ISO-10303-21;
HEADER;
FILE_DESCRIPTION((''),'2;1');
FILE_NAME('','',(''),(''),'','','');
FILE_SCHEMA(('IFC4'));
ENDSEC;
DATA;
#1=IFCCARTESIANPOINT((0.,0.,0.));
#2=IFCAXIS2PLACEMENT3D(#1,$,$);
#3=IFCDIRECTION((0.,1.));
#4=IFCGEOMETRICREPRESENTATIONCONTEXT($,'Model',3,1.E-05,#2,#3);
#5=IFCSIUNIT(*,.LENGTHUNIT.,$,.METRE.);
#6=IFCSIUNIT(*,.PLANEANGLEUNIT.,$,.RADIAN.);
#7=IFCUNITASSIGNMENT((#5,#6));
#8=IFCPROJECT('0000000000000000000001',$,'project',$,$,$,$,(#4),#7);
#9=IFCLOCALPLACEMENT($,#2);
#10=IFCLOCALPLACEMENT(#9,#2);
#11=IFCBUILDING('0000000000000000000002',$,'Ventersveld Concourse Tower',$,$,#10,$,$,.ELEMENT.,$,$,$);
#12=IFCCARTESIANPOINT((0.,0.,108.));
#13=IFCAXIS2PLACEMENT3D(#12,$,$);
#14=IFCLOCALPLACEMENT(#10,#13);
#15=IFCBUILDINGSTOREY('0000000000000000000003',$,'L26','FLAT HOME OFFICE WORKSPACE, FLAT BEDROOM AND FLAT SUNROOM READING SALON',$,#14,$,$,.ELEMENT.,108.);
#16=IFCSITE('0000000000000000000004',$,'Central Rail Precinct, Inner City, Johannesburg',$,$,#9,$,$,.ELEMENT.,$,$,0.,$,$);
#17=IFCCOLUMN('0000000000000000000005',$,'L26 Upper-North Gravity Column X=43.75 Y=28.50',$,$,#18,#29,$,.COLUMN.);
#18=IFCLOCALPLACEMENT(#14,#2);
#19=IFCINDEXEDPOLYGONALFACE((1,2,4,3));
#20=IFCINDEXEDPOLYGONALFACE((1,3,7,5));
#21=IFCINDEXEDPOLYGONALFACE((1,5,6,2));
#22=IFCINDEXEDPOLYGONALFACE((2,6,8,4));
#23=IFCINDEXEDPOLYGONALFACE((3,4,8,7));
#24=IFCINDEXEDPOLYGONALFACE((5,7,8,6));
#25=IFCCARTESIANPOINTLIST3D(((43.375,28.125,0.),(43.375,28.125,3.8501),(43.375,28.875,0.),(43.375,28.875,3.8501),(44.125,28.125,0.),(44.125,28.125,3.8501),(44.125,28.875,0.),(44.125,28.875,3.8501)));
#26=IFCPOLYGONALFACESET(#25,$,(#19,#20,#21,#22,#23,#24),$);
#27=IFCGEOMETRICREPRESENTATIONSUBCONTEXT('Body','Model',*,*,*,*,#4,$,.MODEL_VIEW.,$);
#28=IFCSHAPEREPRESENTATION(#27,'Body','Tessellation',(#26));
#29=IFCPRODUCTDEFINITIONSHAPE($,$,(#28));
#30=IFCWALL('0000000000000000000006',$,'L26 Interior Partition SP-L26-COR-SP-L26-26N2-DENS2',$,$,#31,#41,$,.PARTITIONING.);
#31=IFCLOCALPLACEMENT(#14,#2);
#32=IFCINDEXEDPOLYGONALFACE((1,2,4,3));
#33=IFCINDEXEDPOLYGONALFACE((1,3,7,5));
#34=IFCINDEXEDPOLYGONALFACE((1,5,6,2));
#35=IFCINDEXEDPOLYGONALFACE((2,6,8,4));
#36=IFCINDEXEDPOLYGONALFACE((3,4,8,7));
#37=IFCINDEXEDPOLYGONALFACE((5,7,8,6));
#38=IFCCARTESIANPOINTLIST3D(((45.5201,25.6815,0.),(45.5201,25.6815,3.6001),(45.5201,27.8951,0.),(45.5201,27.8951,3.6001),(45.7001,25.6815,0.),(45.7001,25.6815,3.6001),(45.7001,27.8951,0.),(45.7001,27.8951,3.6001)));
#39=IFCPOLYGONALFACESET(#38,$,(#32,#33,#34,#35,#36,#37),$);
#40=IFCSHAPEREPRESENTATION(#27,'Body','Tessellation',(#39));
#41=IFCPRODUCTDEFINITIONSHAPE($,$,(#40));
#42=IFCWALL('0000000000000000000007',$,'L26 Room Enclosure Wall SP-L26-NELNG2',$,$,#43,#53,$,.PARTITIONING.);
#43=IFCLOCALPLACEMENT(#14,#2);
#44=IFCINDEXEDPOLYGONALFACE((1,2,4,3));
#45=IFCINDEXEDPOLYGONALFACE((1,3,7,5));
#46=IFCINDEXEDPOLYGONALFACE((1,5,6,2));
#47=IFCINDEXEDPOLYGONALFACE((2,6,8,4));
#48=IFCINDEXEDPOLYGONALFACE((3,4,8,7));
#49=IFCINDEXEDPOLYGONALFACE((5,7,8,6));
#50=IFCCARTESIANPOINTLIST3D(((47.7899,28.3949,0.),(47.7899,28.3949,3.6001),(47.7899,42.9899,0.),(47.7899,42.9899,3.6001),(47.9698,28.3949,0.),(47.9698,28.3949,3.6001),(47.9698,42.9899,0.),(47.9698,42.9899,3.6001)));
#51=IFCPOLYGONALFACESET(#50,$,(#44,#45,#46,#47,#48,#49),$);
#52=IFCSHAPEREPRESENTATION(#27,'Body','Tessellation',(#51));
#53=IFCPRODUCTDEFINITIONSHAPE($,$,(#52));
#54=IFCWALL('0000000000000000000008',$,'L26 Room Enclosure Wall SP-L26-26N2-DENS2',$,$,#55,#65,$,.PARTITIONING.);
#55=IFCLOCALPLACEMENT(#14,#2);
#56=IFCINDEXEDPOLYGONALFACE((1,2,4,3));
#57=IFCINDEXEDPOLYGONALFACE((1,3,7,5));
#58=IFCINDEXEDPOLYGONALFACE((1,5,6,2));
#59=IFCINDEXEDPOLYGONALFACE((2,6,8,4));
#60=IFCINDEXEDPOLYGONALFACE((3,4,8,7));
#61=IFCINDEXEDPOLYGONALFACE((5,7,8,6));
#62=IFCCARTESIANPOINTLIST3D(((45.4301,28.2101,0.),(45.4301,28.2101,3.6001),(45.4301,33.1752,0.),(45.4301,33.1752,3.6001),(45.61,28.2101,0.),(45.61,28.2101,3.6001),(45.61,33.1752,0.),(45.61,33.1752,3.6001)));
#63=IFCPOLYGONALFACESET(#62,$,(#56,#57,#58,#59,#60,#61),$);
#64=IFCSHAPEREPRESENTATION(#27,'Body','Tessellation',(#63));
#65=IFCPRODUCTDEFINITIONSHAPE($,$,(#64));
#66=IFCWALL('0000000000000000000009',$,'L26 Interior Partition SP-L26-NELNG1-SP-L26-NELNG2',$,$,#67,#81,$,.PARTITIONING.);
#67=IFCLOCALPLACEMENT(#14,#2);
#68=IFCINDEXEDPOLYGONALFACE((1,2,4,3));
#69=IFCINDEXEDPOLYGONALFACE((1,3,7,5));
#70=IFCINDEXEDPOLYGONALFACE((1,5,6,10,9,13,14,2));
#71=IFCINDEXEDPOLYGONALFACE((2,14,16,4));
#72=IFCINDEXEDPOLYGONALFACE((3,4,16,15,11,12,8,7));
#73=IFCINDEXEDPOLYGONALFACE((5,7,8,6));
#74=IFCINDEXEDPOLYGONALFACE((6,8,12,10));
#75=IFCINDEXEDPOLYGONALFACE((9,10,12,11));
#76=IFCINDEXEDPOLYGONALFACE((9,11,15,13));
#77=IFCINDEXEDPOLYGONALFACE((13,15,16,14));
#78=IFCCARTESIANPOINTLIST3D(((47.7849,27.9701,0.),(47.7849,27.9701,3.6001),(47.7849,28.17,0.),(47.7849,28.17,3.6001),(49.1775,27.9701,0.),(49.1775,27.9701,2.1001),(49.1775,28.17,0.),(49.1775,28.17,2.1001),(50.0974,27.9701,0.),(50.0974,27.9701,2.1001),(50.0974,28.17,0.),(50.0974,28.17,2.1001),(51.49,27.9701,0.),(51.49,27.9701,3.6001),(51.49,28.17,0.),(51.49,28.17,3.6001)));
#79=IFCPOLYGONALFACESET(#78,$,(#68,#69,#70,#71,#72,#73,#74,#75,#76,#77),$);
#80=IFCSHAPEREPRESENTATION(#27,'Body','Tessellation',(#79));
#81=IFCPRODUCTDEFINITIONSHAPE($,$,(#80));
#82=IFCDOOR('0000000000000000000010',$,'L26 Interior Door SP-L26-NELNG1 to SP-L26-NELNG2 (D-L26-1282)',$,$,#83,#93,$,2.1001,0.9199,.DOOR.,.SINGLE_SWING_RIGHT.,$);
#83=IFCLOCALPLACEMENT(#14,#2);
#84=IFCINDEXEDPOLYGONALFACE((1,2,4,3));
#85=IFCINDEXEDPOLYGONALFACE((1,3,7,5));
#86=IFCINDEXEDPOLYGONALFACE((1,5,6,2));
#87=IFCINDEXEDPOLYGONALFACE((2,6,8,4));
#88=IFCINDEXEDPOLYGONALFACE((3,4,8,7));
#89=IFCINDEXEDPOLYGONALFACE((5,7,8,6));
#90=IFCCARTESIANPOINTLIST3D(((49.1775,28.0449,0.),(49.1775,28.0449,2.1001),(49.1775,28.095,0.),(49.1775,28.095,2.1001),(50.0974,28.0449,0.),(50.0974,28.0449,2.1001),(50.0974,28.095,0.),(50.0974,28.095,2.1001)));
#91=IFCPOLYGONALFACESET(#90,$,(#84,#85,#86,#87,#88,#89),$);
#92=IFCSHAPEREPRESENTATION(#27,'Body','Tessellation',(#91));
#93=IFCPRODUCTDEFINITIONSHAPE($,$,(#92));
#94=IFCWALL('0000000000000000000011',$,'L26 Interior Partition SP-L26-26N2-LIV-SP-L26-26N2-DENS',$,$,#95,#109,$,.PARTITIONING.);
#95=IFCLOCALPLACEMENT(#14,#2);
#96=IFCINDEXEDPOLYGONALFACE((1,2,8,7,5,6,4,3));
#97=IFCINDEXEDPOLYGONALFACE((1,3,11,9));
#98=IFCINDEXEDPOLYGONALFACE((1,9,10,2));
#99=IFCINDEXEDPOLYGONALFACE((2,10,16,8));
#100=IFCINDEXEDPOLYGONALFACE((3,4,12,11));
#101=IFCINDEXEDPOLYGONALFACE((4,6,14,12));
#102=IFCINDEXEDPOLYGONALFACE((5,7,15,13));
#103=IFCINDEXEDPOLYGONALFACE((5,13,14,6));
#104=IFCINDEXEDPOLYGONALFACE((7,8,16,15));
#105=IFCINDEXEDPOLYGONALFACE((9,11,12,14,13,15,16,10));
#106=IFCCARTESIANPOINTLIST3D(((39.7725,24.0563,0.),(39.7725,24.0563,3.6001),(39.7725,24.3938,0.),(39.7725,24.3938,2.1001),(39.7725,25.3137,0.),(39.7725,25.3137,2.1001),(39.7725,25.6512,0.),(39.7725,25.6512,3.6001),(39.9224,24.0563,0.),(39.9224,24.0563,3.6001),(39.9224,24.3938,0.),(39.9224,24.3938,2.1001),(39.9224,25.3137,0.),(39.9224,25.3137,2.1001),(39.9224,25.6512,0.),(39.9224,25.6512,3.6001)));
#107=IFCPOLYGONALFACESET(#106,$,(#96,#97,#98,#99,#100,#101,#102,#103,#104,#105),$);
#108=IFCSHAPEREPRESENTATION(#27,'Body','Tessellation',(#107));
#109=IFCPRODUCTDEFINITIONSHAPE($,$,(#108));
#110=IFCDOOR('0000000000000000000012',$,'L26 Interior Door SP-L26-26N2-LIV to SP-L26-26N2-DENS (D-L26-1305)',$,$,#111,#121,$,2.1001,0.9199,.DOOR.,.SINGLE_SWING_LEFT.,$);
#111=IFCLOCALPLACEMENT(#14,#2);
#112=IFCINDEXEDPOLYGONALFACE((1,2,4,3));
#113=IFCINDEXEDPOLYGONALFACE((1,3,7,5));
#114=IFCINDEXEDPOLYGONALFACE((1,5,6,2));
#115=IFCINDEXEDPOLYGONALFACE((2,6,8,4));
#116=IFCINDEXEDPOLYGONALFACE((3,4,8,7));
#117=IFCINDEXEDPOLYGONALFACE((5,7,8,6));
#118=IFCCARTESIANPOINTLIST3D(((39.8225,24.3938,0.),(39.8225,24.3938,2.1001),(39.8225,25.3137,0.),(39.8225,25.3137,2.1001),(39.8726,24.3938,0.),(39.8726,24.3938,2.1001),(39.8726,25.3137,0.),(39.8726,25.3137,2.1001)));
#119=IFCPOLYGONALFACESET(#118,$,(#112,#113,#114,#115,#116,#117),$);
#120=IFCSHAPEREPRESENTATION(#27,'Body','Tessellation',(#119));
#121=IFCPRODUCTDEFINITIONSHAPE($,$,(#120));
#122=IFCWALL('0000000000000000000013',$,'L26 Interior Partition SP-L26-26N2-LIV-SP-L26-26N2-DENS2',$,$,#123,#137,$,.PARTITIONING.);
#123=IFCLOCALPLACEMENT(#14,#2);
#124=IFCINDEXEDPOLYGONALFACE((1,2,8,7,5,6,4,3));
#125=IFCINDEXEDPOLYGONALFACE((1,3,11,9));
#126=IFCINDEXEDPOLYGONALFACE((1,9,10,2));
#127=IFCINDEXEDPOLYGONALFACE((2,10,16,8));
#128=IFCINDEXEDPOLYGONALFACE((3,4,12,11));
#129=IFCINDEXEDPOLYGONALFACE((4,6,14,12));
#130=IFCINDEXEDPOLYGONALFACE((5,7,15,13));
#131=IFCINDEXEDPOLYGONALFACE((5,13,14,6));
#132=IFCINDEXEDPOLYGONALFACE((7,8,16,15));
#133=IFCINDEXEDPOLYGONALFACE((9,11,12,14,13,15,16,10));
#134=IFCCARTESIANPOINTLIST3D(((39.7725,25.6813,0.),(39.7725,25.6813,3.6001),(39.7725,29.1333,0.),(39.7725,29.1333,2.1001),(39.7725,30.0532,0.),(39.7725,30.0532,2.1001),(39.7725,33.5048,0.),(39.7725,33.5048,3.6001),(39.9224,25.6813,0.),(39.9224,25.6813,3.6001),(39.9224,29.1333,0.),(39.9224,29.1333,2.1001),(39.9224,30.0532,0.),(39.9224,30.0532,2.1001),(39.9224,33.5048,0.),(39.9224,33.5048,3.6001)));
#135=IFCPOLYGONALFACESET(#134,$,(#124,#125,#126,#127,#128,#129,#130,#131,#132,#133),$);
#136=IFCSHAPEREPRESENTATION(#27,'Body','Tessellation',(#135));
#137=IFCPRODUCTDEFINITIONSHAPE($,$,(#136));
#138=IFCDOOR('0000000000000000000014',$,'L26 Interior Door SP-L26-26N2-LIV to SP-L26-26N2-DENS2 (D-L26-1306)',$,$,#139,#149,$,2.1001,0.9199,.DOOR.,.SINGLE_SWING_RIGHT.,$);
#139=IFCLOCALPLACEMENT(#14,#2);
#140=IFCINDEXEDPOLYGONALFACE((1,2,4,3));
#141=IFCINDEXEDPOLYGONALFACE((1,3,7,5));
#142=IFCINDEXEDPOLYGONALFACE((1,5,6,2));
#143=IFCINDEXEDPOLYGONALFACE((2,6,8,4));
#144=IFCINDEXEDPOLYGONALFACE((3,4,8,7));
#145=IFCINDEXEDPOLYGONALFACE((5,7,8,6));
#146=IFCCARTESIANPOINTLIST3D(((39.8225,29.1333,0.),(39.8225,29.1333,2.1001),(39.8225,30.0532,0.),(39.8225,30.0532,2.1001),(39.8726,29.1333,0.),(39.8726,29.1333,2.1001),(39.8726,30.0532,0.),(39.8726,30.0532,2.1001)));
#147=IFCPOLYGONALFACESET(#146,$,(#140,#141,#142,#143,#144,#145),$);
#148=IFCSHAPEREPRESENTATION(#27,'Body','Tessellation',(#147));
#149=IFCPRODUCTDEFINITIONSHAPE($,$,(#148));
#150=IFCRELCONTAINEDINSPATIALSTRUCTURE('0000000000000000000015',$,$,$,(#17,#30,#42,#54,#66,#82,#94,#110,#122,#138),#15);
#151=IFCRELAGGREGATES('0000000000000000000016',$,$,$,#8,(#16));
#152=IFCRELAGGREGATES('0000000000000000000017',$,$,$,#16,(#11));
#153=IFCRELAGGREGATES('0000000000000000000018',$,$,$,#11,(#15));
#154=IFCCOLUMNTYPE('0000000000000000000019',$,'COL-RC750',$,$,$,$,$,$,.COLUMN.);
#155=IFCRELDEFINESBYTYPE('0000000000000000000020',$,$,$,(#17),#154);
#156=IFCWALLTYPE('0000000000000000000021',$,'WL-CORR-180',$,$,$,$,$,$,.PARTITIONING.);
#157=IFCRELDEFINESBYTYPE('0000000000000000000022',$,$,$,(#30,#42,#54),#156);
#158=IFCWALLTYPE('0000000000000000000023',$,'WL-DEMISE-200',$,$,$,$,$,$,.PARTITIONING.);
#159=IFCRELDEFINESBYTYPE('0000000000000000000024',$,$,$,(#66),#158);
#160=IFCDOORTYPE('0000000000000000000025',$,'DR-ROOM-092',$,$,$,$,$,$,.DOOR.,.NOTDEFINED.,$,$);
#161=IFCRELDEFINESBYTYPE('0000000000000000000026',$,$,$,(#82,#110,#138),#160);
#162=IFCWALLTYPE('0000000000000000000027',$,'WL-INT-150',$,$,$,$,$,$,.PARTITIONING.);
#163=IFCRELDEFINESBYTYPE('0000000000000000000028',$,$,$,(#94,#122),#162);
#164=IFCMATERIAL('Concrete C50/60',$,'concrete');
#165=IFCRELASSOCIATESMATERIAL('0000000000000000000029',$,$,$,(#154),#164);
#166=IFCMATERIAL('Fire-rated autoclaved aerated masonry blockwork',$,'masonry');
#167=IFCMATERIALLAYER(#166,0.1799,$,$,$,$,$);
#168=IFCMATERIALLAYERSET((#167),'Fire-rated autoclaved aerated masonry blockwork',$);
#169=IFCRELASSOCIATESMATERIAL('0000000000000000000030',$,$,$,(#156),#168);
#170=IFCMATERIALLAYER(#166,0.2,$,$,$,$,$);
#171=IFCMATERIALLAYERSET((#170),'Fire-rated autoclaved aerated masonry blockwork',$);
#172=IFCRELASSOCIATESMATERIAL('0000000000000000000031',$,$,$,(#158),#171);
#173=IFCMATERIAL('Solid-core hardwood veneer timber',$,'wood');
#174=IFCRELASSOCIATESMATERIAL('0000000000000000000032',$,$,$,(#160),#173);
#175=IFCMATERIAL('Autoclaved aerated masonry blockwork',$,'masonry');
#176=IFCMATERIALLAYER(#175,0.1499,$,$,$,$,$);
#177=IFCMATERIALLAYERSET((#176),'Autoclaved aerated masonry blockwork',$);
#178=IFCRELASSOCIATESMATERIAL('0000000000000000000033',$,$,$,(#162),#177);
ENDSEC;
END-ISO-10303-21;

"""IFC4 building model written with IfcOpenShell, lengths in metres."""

from ifc_helpers import new_model, si_unit, direction, frame, frame_2d, origin, origin_2d, place, context, subcontext, project, spatial, rectangle, extrude, material, layer, layer_set, material_profile, profile_set, type_object, element, fill, save


model = new_model("IFC4")

# Units and contexts
model_context = context("Model", 3, precision=1e-05, world=origin(), true_north=direction((0.0, 1.0)))
body_context = subcontext(model_context, "Body", "Model", "MODEL_VIEW")
ifc_project = project(units=[si_unit("LENGTHUNIT", "METRE"), si_unit("PLANEANGLEUNIT", "RADIAN")], contexts=[model_context])

# Site, building, storey
site_placement = place(None, origin())
site = spatial("IfcSite", under=ifc_project, at=site_placement, Name="Central Rail Precinct, Inner City, Johannesburg", CompositionType="ELEMENT", RefElevation=0.0)
building_placement = place(site_placement, origin())
building = spatial("IfcBuilding", under=site, at=building_placement, Name="Ventersveld Concourse Tower", CompositionType="ELEMENT")
storey_placement = place(building_placement, frame((0.0, 0.0, 108.0)))
storey = spatial("IfcBuildingStorey", under=building, at=storey_placement, Name="L26", Description="FLAT HOME OFFICE WORKSPACE, FLAT BEDROOM AND FLAT SUNROOM READING SALON", CompositionType="ELEMENT", Elevation=108.0)

# Column
ifc_material_1 = material(Name="Concrete C50/60", Category="concrete")
ifc_material_profile = material_profile(ifc_material_1, rectangle(XDim=0.75, YDim=0.75, at=origin_2d()), Name="RC 750x750")
ifc_profile_set = profile_set([ifc_material_profile], Name="Concrete C50/60")
column_type = type_object("IfcColumnType", Name="COL-RC750", PredefinedType="COLUMN", material=ifc_profile_set)
column_placement = place(storey_placement, frame((43.75, 28.5, 0.0), z_axis=(0.0, 0.0, 1.0), x_axis=(1.0, 0.0, 0.0)))
element("IfcColumn", 1, at=column_placement, inside=storey, type_object=column_type, Name="L26 Upper-North Gravity Column X=43.75 Y=28.50", PredefinedType="COLUMN", context=body_context, shape_type="SweptSolid", body=[
    extrude(rectangle(XDim=0.75, YDim=0.75, at=origin_2d()), origin(), (0.0, 0.0, 1.0), 3.8501),
])

# Walls
ifc_material_2 = material(Name="Fire-rated autoclaved aerated masonry blockwork", Category="masonry")
ifc_layer_1 = layer(ifc_material_2, 0.1799)
ifc_layer_set_1 = layer_set([ifc_layer_1], Name="Fire-rated autoclaved aerated masonry blockwork")
wall_type_1 = type_object("IfcWallType", Name="WL-CORR-180", PredefinedType="PARTITIONING", material=ifc_layer_set_1)
wall_1_placement = place(storey_placement, frame((45.6101, 25.6814, 0.0), z_axis=(0.0, 0.0, 1.0), x_axis=(0.0, 1.0, 0.0)))
element("IfcWall", 2, at=wall_1_placement, inside=storey, type_object=wall_type_1, Name="L26 Interior Partition SP-L26-COR-SP-L26-26N2-DENS2", PredefinedType="PARTITIONING", context=body_context, shape_type="SweptSolid", body=[
    extrude(rectangle(XDim=2.2136, YDim=0.1799, at=frame_2d((1.1069, 0.0))), origin(), (0.0, 0.0, 1.0), 3.6001),
])
wall_2_placement = place(storey_placement, frame((47.8799, 28.395, 0.0), z_axis=(0.0, 0.0, 1.0), x_axis=(0.0, 1.0, 0.0)))
element("IfcWall", 3, at=wall_2_placement, inside=storey, type_object=wall_type_1, Name="L26 Room Enclosure Wall SP-L26-NELNG2", PredefinedType="PARTITIONING", context=body_context, shape_type="SweptSolid", body=[
    extrude(rectangle(XDim=14.595, YDim=0.1799, at=frame_2d((7.2974, 0.0))), origin(), (0.0, 0.0, 1.0), 3.6001),
])
wall_3_placement = place(storey_placement, frame((45.52, 33.175, 0.0), z_axis=(0.0, 0.0, 1.0), x_axis=(0.0, -1.0, 0.0)))
element("IfcWall", 4, at=wall_3_placement, inside=storey, type_object=wall_type_1, Name="L26 Room Enclosure Wall SP-L26-26N2-DENS2", PredefinedType="PARTITIONING", context=body_context, shape_type="SweptSolid", body=[
    extrude(rectangle(XDim=4.9651, YDim=0.1799, at=frame_2d((2.4824, 0.0))), origin(), (0.0, 0.0, 1.0), 3.6001),
])

# Walls, openings, doors
ifc_layer_2 = layer(ifc_material_2, 0.2)
ifc_layer_set_2 = layer_set([ifc_layer_2], Name="Fire-rated autoclaved aerated masonry blockwork")
wall_type_2 = type_object("IfcWallType", Name="WL-DEMISE-200", PredefinedType="PARTITIONING", material=ifc_layer_set_2)
wall_4_placement = place(storey_placement, frame((47.7849, 28.0701, 0.0), z_axis=(0.0, 0.0, 1.0), x_axis=(1.0, 0.0, 0.0)))
wall_4 = element("IfcWall", 5, at=wall_4_placement, inside=storey, type_object=wall_type_2, Name="L26 Interior Partition SP-L26-NELNG1-SP-L26-NELNG2", PredefinedType="PARTITIONING", context=body_context, shape_type="SweptSolid", body=[
    extrude(rectangle(XDim=3.7051, YDim=0.2, at=frame_2d((1.8525, 0.0))), origin(), (0.0, 0.0, 1.0), 3.6001),
])
opening_1_placement = place(wall_4_placement, frame((1.3926, 0.0, 0.0)))
opening_1 = element("IfcOpeningElement", 6, at=opening_1_placement, cuts=wall_4, PredefinedType="OPENING", context=body_context, shape_type="SweptSolid", body=[
    extrude(rectangle(XDim=0.9199, YDim=2.1001, at=frame_2d((0.46, 1.05))), frame((0.0, 0.1099, 0.0), z_axis=(0.0, -1.0, 0.0), x_axis=(1.0, 0.0, 0.0)), (0.0, 0.0, 1.0), 0.22),
])
ifc_material_3 = material(Name="Solid-core hardwood veneer timber", Category="wood")
door_type = type_object("IfcDoorType", Name="DR-ROOM-092", OperationType="NOTDEFINED", PredefinedType="DOOR", material=ifc_material_3)
door_1_placement = place(opening_1_placement, origin())
door_1 = element("IfcDoor", 7, at=door_1_placement, inside=storey, type_object=door_type, Name="L26 Interior Door SP-L26-NELNG1 to SP-L26-NELNG2 (D-L26-1282)", OperationType="SINGLE_SWING_RIGHT", OverallHeight=2.1001, OverallWidth=0.9199, PredefinedType="DOOR", context=body_context, shape_type="SweptSolid", body=[
    extrude(rectangle(XDim=0.9199, YDim=2.1001, at=frame_2d((0.46, 1.05))), frame((0.0, 0.0249, 0.0), z_axis=(0.0, -1.0, 0.0), x_axis=(1.0, 0.0, 0.0)), (0.0, 0.0, 1.0), 0.05),
])
fill(opening_1, door_1)
ifc_material_4 = material(Name="Autoclaved aerated masonry blockwork", Category="masonry")
ifc_layer_3 = layer(ifc_material_4, 0.1499)
ifc_layer_set_3 = layer_set([ifc_layer_3], Name="Autoclaved aerated masonry blockwork")
wall_type_3 = type_object("IfcWallType", Name="WL-INT-150", PredefinedType="PARTITIONING", material=ifc_layer_set_3)
wall_5_placement = place(storey_placement, frame((39.8474, 24.0564, 0.0), z_axis=(0.0, 0.0, 1.0), x_axis=(0.0, 1.0, 0.0)))
wall_5 = element("IfcWall", 8, at=wall_5_placement, inside=storey, type_object=wall_type_3, Name="L26 Interior Partition SP-L26-26N2-LIV-SP-L26-26N2-DENS", PredefinedType="PARTITIONING", context=body_context, shape_type="SweptSolid", body=[
    extrude(rectangle(XDim=1.595, YDim=0.1499, at=frame_2d((0.7974, 0.0))), origin(), (0.0, 0.0, 1.0), 3.6001),
])
opening_2_placement = place(wall_5_placement, frame((0.3374, 0.0, 0.0)))
opening_2 = element("IfcOpeningElement", 9, at=opening_2_placement, cuts=wall_5, PredefinedType="OPENING", context=body_context, shape_type="SweptSolid", body=[
    extrude(rectangle(XDim=0.9199, YDim=2.1001, at=frame_2d((0.46, 1.05))), frame((0.0, 0.085, 0.0), z_axis=(0.0, -1.0, 0.0), x_axis=(1.0, 0.0, 0.0)), (0.0, 0.0, 1.0), 0.1699),
])
door_2_placement = place(opening_2_placement, origin())
door_2 = element("IfcDoor", 10, at=door_2_placement, inside=storey, type_object=door_type, Name="L26 Interior Door SP-L26-26N2-LIV to SP-L26-26N2-DENS (D-L26-1305)", OperationType="SINGLE_SWING_LEFT", OverallHeight=2.1001, OverallWidth=0.9199, PredefinedType="DOOR", context=body_context, shape_type="SweptSolid", body=[
    extrude(rectangle(XDim=0.9199, YDim=2.1001, at=frame_2d((0.46, 1.05))), frame((0.0, 0.0249, 0.0), z_axis=(0.0, -1.0, 0.0), x_axis=(1.0, 0.0, 0.0)), (0.0, 0.0, 1.0), 0.05),
])
fill(opening_2, door_2)
wall_6_placement = place(storey_placement, frame((39.8474, 25.6814, 0.0), z_axis=(0.0, 0.0, 1.0), x_axis=(0.0, 1.0, 0.0)))
wall_6 = element("IfcWall", 11, at=wall_6_placement, inside=storey, type_object=wall_type_3, Name="L26 Interior Partition SP-L26-26N2-LIV-SP-L26-26N2-DENS2", PredefinedType="PARTITIONING", context=body_context, shape_type="SweptSolid", body=[
    extrude(rectangle(XDim=7.8235, YDim=0.1499, at=frame_2d((3.9116, 0.0))), origin(), (0.0, 0.0, 1.0), 3.6001),
])
opening_3_placement = place(wall_6_placement, frame((3.4519, 0.0, 0.0)))
opening_3 = element("IfcOpeningElement", 12, at=opening_3_placement, cuts=wall_6, PredefinedType="OPENING", context=body_context, shape_type="SweptSolid", body=[
    extrude(rectangle(XDim=0.9199, YDim=2.1001, at=frame_2d((0.46, 1.05))), frame((0.0, 0.085, 0.0), z_axis=(0.0, -1.0, 0.0), x_axis=(1.0, 0.0, 0.0)), (0.0, 0.0, 1.0), 0.1699),
])
door_3_placement = place(opening_3_placement, origin())
door_3 = element("IfcDoor", 13, at=door_3_placement, inside=storey, type_object=door_type, Name="L26 Interior Door SP-L26-26N2-LIV to SP-L26-26N2-DENS2 (D-L26-1306)", OperationType="SINGLE_SWING_RIGHT", OverallHeight=2.1001, OverallWidth=0.9199, PredefinedType="DOOR", context=body_context, shape_type="SweptSolid", body=[
    extrude(rectangle(XDim=0.9199, YDim=2.1001, at=frame_2d((0.46, 1.05))), frame((0.0, 0.0249, 0.0), z_axis=(0.0, -1.0, 0.0), x_axis=(1.0, 0.0, 0.0)), (0.0, 0.0, 1.0), 0.05),
])
fill(opening_3, door_3)

save(model, "model.ifc")
